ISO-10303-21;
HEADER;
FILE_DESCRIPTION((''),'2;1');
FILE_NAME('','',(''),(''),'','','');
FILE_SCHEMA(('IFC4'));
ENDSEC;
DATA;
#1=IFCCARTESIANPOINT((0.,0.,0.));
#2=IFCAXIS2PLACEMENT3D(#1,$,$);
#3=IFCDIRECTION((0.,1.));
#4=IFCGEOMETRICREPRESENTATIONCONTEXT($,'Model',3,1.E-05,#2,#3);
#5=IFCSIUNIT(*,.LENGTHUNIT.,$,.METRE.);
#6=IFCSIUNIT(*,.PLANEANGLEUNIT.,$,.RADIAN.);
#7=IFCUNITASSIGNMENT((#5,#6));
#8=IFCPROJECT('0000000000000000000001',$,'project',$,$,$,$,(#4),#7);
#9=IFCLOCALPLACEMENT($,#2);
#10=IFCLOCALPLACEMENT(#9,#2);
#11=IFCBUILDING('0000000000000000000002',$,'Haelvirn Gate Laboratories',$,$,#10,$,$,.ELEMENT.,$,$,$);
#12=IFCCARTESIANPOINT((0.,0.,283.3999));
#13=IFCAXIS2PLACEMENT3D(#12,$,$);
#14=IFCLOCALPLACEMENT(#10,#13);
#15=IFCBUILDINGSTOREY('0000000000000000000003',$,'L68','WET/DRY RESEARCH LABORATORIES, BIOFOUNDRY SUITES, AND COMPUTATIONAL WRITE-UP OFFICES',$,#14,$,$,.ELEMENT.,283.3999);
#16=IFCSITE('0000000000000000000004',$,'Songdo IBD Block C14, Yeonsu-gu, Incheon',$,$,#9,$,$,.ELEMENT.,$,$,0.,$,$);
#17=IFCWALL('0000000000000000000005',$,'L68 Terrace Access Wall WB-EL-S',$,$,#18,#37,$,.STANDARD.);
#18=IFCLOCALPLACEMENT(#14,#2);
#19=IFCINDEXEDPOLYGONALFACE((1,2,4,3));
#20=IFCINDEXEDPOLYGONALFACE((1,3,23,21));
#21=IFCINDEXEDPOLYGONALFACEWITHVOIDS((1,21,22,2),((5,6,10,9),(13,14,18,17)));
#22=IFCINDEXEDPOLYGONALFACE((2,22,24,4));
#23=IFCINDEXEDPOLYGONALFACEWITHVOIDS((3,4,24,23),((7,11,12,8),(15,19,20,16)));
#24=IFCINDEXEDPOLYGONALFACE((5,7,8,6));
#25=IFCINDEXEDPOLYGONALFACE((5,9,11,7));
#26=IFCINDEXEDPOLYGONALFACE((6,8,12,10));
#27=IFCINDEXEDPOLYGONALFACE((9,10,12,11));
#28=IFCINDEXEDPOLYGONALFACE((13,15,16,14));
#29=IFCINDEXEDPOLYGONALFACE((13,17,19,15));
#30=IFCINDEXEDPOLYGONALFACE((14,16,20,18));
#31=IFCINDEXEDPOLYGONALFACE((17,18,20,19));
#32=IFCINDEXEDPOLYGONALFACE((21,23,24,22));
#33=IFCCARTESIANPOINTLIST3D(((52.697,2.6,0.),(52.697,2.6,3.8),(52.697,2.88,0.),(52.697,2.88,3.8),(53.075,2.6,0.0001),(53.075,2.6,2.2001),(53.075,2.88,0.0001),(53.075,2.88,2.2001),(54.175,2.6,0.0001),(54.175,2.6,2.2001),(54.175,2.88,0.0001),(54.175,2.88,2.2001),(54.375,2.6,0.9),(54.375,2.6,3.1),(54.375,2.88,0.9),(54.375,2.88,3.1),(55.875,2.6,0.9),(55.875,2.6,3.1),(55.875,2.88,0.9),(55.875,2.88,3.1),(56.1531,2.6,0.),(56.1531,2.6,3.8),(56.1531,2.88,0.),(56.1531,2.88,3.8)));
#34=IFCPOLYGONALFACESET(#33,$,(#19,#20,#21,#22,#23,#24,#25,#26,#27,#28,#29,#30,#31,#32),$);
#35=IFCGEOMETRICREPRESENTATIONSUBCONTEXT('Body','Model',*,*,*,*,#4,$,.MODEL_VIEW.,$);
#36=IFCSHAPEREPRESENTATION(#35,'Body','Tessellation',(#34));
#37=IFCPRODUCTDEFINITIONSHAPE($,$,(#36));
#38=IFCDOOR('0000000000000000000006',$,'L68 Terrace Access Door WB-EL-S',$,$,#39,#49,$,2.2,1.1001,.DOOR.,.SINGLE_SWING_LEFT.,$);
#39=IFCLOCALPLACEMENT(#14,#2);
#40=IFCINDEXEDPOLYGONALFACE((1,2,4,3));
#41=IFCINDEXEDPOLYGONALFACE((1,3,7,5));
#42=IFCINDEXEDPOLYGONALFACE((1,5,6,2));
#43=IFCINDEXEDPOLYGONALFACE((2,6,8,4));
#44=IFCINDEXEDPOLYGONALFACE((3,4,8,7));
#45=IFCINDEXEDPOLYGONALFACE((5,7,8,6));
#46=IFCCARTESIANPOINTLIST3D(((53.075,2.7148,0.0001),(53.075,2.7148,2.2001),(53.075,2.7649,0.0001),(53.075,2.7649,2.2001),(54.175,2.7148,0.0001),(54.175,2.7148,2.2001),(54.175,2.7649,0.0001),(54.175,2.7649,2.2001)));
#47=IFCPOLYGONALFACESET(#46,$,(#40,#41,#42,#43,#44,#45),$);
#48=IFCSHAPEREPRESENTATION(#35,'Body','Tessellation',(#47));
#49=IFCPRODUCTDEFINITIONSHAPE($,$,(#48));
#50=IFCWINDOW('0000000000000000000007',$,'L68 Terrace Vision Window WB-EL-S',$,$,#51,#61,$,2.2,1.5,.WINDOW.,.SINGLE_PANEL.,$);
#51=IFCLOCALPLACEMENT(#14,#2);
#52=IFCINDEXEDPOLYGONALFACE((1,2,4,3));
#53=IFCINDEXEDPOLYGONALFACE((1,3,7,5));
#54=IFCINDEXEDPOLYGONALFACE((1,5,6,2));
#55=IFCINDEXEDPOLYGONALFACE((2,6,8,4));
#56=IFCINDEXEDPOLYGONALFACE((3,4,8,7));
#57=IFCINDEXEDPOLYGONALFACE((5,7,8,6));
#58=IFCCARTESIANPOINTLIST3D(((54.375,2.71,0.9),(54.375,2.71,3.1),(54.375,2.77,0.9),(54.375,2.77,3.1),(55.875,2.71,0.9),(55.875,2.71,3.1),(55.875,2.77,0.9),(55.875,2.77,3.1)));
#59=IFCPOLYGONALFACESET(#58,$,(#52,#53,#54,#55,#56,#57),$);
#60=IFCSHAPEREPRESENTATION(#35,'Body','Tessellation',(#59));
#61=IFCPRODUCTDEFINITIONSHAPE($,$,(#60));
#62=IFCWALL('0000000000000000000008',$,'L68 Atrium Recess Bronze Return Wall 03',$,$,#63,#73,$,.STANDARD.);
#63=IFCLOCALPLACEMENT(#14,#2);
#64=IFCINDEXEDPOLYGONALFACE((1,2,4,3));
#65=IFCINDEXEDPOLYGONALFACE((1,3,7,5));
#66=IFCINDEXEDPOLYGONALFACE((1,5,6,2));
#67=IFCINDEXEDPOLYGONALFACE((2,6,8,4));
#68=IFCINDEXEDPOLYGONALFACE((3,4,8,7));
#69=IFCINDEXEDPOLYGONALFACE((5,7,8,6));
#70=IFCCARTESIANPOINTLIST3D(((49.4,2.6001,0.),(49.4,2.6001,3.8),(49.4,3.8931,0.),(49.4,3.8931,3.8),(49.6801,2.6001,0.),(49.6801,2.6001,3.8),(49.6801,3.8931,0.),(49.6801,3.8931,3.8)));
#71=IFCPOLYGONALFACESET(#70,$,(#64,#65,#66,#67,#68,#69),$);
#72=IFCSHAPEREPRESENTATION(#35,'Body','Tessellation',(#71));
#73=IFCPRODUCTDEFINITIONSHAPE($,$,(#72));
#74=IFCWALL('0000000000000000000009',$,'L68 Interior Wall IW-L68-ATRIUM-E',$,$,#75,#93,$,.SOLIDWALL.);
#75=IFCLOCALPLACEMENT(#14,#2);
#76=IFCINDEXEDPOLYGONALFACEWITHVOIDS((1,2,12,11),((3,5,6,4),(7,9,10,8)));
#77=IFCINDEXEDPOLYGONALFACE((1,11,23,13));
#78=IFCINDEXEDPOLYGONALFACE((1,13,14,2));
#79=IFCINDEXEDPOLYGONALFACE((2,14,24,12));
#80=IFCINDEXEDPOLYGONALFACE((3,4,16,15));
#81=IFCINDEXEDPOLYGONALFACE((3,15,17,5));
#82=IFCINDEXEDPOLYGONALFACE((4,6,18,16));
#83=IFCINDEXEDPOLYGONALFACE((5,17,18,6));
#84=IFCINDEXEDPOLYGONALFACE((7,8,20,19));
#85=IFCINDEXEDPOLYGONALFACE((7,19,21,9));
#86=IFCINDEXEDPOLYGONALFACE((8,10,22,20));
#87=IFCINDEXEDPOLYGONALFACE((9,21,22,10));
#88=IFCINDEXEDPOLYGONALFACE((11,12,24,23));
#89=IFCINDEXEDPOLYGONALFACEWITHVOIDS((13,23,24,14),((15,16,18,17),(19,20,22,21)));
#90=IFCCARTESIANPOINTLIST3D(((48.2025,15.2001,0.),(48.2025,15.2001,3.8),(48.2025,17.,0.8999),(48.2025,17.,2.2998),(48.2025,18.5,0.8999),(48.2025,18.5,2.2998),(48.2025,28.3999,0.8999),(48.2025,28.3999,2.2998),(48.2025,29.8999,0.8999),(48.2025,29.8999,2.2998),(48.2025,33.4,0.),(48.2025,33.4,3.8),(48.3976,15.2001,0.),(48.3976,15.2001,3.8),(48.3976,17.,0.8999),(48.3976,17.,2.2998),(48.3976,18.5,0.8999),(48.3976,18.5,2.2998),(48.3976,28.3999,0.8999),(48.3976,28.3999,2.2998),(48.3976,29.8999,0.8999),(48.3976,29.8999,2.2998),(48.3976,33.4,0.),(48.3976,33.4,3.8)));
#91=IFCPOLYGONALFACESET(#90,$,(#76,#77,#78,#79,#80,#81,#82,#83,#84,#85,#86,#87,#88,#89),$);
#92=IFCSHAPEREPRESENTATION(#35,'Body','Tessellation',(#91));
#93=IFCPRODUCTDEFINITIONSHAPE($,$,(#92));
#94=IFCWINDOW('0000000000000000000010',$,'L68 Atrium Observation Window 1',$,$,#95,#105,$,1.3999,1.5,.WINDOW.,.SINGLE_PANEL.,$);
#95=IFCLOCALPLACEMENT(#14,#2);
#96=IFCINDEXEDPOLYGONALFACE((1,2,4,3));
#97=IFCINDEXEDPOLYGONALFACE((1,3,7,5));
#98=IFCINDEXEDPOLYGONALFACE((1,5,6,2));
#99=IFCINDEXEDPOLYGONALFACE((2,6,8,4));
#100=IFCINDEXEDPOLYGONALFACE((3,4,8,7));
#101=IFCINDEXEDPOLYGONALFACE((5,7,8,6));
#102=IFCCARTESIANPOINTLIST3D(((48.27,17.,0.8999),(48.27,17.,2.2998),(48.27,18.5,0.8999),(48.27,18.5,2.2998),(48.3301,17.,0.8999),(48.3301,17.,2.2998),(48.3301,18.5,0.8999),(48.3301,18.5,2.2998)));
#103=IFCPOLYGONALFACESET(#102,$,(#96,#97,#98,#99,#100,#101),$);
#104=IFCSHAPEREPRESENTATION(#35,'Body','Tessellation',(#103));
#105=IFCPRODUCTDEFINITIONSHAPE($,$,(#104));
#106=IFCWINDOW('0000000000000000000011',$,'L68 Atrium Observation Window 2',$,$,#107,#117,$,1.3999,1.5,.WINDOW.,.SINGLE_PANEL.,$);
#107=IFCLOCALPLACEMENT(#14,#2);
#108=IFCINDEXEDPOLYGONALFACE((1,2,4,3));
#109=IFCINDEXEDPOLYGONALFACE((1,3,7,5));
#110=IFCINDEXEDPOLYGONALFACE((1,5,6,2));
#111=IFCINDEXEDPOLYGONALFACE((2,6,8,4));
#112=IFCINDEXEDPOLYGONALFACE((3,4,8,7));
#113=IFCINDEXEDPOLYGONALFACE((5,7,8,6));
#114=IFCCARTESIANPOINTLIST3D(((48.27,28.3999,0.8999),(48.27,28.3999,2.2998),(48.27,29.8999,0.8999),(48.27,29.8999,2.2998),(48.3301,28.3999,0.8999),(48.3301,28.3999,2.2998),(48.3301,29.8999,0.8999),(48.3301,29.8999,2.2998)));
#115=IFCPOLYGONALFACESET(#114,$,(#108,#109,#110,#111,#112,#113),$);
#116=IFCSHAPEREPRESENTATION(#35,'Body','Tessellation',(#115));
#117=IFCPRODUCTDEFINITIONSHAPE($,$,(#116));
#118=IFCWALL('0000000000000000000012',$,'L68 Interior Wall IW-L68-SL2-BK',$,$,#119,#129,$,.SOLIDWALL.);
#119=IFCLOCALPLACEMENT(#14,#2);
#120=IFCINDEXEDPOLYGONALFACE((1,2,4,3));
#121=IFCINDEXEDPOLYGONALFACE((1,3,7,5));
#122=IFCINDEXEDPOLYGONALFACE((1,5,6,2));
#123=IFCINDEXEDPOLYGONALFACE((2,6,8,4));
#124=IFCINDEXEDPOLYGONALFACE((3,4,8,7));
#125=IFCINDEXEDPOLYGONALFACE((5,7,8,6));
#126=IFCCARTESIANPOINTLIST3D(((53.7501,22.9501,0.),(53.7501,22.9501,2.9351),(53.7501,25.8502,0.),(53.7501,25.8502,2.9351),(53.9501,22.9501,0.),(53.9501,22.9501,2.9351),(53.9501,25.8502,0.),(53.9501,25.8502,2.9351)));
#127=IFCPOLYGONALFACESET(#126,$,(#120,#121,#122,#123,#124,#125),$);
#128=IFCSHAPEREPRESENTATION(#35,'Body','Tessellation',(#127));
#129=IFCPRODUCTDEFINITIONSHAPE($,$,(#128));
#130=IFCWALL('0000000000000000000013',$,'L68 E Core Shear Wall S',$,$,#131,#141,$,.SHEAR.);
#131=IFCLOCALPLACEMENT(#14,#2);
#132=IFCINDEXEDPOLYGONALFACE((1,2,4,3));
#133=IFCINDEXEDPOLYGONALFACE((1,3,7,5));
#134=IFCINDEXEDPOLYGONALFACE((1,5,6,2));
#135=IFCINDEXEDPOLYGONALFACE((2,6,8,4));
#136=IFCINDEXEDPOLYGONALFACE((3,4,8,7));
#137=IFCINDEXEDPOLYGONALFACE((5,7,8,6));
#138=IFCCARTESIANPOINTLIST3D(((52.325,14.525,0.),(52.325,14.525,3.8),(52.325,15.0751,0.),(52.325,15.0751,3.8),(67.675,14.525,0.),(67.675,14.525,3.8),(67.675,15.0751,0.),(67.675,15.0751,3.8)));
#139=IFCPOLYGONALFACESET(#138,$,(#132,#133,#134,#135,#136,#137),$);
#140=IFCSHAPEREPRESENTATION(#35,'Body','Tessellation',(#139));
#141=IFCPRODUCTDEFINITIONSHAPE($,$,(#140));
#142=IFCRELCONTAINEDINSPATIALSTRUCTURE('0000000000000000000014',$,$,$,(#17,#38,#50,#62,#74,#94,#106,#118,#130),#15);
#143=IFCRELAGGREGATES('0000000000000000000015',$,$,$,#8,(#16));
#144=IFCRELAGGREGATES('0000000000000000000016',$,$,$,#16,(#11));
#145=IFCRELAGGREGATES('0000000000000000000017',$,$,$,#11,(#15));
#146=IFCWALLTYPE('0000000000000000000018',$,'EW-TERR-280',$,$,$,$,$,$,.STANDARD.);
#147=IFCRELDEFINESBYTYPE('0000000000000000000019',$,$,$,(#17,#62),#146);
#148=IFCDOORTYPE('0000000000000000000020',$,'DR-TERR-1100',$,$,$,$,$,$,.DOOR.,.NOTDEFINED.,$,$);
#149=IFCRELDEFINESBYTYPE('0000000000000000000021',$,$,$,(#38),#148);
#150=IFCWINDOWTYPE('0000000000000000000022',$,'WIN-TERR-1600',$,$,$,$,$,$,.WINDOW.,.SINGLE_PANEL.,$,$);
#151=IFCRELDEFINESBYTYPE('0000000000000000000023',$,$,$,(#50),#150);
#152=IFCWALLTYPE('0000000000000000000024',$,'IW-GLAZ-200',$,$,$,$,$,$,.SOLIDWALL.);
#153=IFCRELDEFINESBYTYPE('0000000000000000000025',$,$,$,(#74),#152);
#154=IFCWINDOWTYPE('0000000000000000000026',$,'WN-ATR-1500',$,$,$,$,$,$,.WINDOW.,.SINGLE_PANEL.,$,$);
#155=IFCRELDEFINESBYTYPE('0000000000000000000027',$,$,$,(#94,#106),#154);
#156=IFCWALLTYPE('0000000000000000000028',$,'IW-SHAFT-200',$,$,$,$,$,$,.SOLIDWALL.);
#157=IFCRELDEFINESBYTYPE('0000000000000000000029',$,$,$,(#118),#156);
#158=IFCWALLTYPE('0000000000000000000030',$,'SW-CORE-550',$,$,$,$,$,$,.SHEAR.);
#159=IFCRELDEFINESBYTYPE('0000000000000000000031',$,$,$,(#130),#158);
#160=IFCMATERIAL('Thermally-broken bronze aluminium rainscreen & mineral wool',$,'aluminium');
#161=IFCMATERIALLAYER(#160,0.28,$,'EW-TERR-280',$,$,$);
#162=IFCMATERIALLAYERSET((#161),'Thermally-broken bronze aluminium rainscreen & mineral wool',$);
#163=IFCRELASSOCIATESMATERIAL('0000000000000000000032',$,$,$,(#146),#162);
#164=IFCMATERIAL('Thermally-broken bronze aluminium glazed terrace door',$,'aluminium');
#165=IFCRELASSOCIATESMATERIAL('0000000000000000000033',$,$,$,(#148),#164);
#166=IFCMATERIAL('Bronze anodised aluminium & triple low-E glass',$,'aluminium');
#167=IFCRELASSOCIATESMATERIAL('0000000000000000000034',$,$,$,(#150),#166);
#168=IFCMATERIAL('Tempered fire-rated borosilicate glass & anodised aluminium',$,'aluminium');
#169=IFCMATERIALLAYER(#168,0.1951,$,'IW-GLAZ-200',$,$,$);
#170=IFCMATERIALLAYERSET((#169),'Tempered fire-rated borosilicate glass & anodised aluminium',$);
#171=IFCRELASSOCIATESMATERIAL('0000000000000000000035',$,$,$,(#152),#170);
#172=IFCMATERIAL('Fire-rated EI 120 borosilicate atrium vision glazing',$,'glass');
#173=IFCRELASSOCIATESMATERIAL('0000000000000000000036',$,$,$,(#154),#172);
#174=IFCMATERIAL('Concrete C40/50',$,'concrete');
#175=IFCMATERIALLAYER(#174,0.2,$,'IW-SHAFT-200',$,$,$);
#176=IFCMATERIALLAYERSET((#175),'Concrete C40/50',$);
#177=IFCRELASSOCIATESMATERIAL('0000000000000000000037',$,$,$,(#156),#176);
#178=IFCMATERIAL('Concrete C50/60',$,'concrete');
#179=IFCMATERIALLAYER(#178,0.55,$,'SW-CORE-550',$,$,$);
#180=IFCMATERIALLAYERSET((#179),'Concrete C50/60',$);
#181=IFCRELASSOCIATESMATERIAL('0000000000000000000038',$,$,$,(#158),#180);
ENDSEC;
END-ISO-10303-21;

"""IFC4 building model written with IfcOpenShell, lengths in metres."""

from ifc_helpers import new_model, si_unit, direction, frame, frame_2d, origin, place, context, subcontext, project, spatial, rectangle, extrude, source, transform, mapped, material, layer, layer_set, type_object, type_shapes, element, fill, save


model = new_model("IFC4")

# Units and contexts
model_context = context("Model", 3, precision=1e-05, world=origin(), true_north=direction((0.0, 1.0)))
body_context = subcontext(model_context, "Body", "Model", "MODEL_VIEW")
ifc_project = project(units=[si_unit("LENGTHUNIT", "METRE"), si_unit("PLANEANGLEUNIT", "RADIAN")], contexts=[model_context])

# Site, building, storey
site_placement = place(None, origin())
site = spatial("IfcSite", under=ifc_project, at=site_placement, Name="Songdo IBD Block C14, Yeonsu-gu, Incheon", CompositionType="ELEMENT", RefElevation=0.0)
building_placement = place(site_placement, origin())
building = spatial("IfcBuilding", under=site, at=building_placement, Name="Haelvirn Gate Laboratories", CompositionType="ELEMENT")
storey_placement = place(building_placement, frame((0.0, 0.0, 283.3999)))
storey = spatial("IfcBuildingStorey", under=building, at=storey_placement, Name="L68", Description="WET/DRY RESEARCH LABORATORIES, BIOFOUNDRY SUITES, AND COMPUTATIONAL WRITE-UP OFFICES", CompositionType="ELEMENT", Elevation=283.3999)

# Wall, openings, door, window
ifc_material_1 = material(Name="Thermally-broken bronze aluminium rainscreen & mineral wool", Category="aluminium")
ifc_layer_1 = layer(ifc_material_1, 0.28, Name="EW-TERR-280")
ifc_layer_set_1 = layer_set([ifc_layer_1], Name="Thermally-broken bronze aluminium rainscreen & mineral wool")
wall_type_1 = type_object("IfcWallType", Name="EW-TERR-280", PredefinedType="STANDARD", material=ifc_layer_set_1)
wall_1_placement = place(storey_placement, frame((52.697, 2.74, 0.0), z_axis=(0.0, 0.0, 1.0), x_axis=(1.0, 0.0, 0.0)))
wall_1 = element("IfcWall", 1, at=wall_1_placement, inside=storey, type_object=wall_type_1, Name="L68 Terrace Access Wall WB-EL-S", PredefinedType="STANDARD", context=body_context, shape_type="SweptSolid", body=[
    extrude(rectangle(XDim=3.4561, YDim=0.28, at=frame_2d((1.728, 0.0))), origin(), (0.0, 0.0, 1.0), 3.8),
])
opening_1_placement = place(wall_1_placement, frame((0.3779, 0.0, 0.0)))
opening_1 = element("IfcOpeningElement", 2, at=opening_1_placement, cuts=wall_1, PredefinedType="OPENING", context=body_context, shape_type="SweptSolid", body=[
    extrude(rectangle(XDim=1.1001, YDim=2.2, at=frame_2d((0.55, 1.1001))), frame((0.0, 0.1499, 0.0), z_axis=(0.0, -1.0, 0.0), x_axis=(1.0, 0.0, 0.0)), (0.0, 0.0, 1.0), 0.3),
])
opening_2_placement = place(wall_1_placement, frame((1.678, 0.0, 0.8999)))
opening_2 = element("IfcOpeningElement", 3, at=opening_2_placement, cuts=wall_1, PredefinedType="OPENING", context=body_context, shape_type="SweptSolid", body=[
    extrude(rectangle(XDim=1.5, YDim=2.2, at=frame_2d((0.75, 1.1001))), frame((0.0, 0.1499, 0.0), z_axis=(0.0, -1.0, 0.0), x_axis=(1.0, 0.0, 0.0)), (0.0, 0.0, 1.0), 0.3),
])
ifc_material_2 = material(Name="Thermally-broken bronze aluminium glazed terrace door", Category="aluminium")
door_type_1 = type_object("IfcDoorType", Name="DR-TERR-1100", OperationType="NOTDEFINED", PredefinedType="DOOR", material=ifc_material_2)
shared_shape_1 = source(origin(), body_context, "Body", "SweptSolid", [
    extrude(rectangle(XDim=1.1001, YDim=2.2, at=frame_2d((0.55, 1.1001))), frame((0.0, 0.0249, 0.0), z_axis=(0.0, -1.0, 0.0), x_axis=(1.0, 0.0, 0.0)), (0.0, 0.0, 1.0), 0.05),
])
type_shapes(door_type_1, [shared_shape_1])
door_1_placement = place(opening_1_placement, origin())
door_1 = element("IfcDoor", 4, at=door_1_placement, inside=storey, type_object=door_type_1, Name="L68 Terrace Access Door WB-EL-S", OperationType="SINGLE_SWING_LEFT", OverallHeight=2.2, OverallWidth=1.1001, PredefinedType="DOOR", context=body_context, shape_type="MappedRepresentation", body=[
    mapped(shared_shape_1, transform((0.0, 0.0, 0.0), scale=1.0)),
])
fill(opening_1, door_1)
ifc_material_3 = material(Name="Bronze anodised aluminium & triple low-E glass", Category="aluminium")
window_type_1 = type_object("IfcWindowType", Name="WIN-TERR-1600", PartitioningType="SINGLE_PANEL", PredefinedType="WINDOW", material=ifc_material_3)
shared_shape_2 = source(origin(), body_context, "Body", "SweptSolid", [
    extrude(rectangle(XDim=1.5, YDim=2.2, at=frame_2d((0.75, 1.1001))), frame((0.0, 0.03, 0.0), z_axis=(0.0, -1.0, 0.0), x_axis=(1.0, 0.0, 0.0)), (0.0, 0.0, 1.0), 0.0601),
])
type_shapes(window_type_1, [shared_shape_2])
window_1_placement = place(opening_2_placement, origin())
window_1 = element("IfcWindow", 5, at=window_1_placement, inside=storey, type_object=window_type_1, Name="L68 Terrace Vision Window WB-EL-S", OverallHeight=2.2, OverallWidth=1.5, PartitioningType="SINGLE_PANEL", PredefinedType="WINDOW", context=body_context, shape_type="MappedRepresentation", body=[
    mapped(shared_shape_2, transform((0.0, 0.0, 0.0), scale=1.0)),
])
fill(opening_2, window_1)

# Wall
wall_2_placement = place(storey_placement, frame((49.54, 3.8931, 0.0), z_axis=(0.0, 0.0, 1.0), x_axis=(0.0, -1.0, 0.0)))
element("IfcWall", 6, at=wall_2_placement, inside=storey, type_object=wall_type_1, Name="L68 Atrium Recess Bronze Return Wall 03", PredefinedType="STANDARD", context=body_context, shape_type="SweptSolid", body=[
    extrude(rectangle(XDim=1.293, YDim=0.28, at=frame_2d((0.6465, 0.0))), origin(), (0.0, 0.0, 1.0), 3.8),
])

# Wall, openings, windows
ifc_material_4 = material(Name="Tempered fire-rated borosilicate glass & anodised aluminium", Category="aluminium")
ifc_layer_2 = layer(ifc_material_4, 0.1951, Name="IW-GLAZ-200")
ifc_layer_set_2 = layer_set([ifc_layer_2], Name="Tempered fire-rated borosilicate glass & anodised aluminium")
wall_type_2 = type_object("IfcWallType", Name="IW-GLAZ-200", PredefinedType="SOLIDWALL", material=ifc_layer_set_2)
wall_3_placement = place(storey_placement, frame((48.3, 15.2, 0.0), z_axis=(0.0, 0.0, 1.0), x_axis=(0.0, 1.0, 0.0)))
wall_3 = element("IfcWall", 7, at=wall_3_placement, inside=storey, type_object=wall_type_2, Name="L68 Interior Wall IW-L68-ATRIUM-E", PredefinedType="SOLIDWALL", context=body_context, shape_type="SweptSolid", body=[
    extrude(rectangle(XDim=18.2, YDim=0.1951, at=frame_2d((9.1001, 0.0))), origin(), (0.0, 0.0, 1.0), 3.8),
])
opening_3_placement = place(wall_3_placement, frame((1.8, 0.0, 0.8999)))
opening_3 = element("IfcOpeningElement", 8, at=opening_3_placement, cuts=wall_3, PredefinedType="OPENING", context=body_context, shape_type="SweptSolid", body=[
    extrude(rectangle(XDim=1.5, YDim=1.3999, at=frame_2d((0.75, 0.7))), frame((0.0, 0.1074, 0.0), z_axis=(0.0, -1.0, 0.0), x_axis=(1.0, 0.0, 0.0)), (0.0, 0.0, 1.0), 0.2151),
])
opening_4_placement = place(wall_3_placement, frame((13.2, 0.0, 0.8999)))
opening_4 = element("IfcOpeningElement", 9, at=opening_4_placement, cuts=wall_3, PredefinedType="OPENING", context=body_context, shape_type="SweptSolid", body=[
    extrude(rectangle(XDim=1.5, YDim=1.3999, at=frame_2d((0.75, 0.7))), frame((0.0, 0.1074, 0.0), z_axis=(0.0, -1.0, 0.0), x_axis=(1.0, 0.0, 0.0)), (0.0, 0.0, 1.0), 0.2151),
])
ifc_material_5 = material(Name="Fire-rated EI 120 borosilicate atrium vision glazing", Category="glass")
window_type_2 = type_object("IfcWindowType", Name="WN-ATR-1500", PartitioningType="SINGLE_PANEL", PredefinedType="WINDOW", material=ifc_material_5)
shared_shape_3 = source(origin(), body_context, "Body", "SweptSolid", [
    extrude(rectangle(XDim=1.5, YDim=1.3999, at=frame_2d((0.75, 0.7))), frame((0.0, 0.03, 0.0), z_axis=(0.0, -1.0, 0.0), x_axis=(1.0, 0.0, 0.0)), (0.0, 0.0, 1.0), 0.0601),
])
type_shapes(window_type_2, [shared_shape_3])
window_2_placement = place(opening_3_placement, origin())
window_2 = element("IfcWindow", 10, at=window_2_placement, inside=storey, type_object=window_type_2, Name="L68 Atrium Observation Window 1", OverallHeight=1.3999, OverallWidth=1.5, PartitioningType="SINGLE_PANEL", PredefinedType="WINDOW", context=body_context, shape_type="MappedRepresentation", body=[
    mapped(shared_shape_3, transform((0.0, 0.0, 0.0), scale=1.0)),
])
fill(opening_3, window_2)
window_3_placement = place(opening_4_placement, origin())
window_3 = element("IfcWindow", 11, at=window_3_placement, inside=storey, type_object=window_type_2, Name="L68 Atrium Observation Window 2", OverallHeight=1.3999, OverallWidth=1.5, PartitioningType="SINGLE_PANEL", PredefinedType="WINDOW", context=body_context, shape_type="MappedRepresentation", body=[
    mapped(shared_shape_3, transform((0.0, 0.0, 0.0), scale=1.0)),
])
fill(opening_4, window_3)

# Walls
ifc_material_6 = material(Name="Concrete C40/50", Category="concrete")
ifc_layer_3 = layer(ifc_material_6, 0.2, Name="IW-SHAFT-200")
ifc_layer_set_3 = layer_set([ifc_layer_3], Name="Concrete C40/50")
wall_type_3 = type_object("IfcWallType", Name="IW-SHAFT-200", PredefinedType="SOLIDWALL", material=ifc_layer_set_3)
wall_4_placement = place(storey_placement, frame((53.8501, 22.95, 0.0), z_axis=(0.0, 0.0, 1.0), x_axis=(0.0, 1.0, 0.0)))
element("IfcWall", 12, at=wall_4_placement, inside=storey, type_object=wall_type_3, Name="L68 Interior Wall IW-L68-SL2-BK", PredefinedType="SOLIDWALL", context=body_context, shape_type="SweptSolid", body=[
    extrude(rectangle(XDim=2.9001, YDim=0.2, at=frame_2d((1.4502, 0.0))), origin(), (0.0, 0.0, 1.0), 2.9351),
])
ifc_material_7 = material(Name="Concrete C50/60", Category="concrete")
ifc_layer_4 = layer(ifc_material_7, 0.55, Name="SW-CORE-550")
ifc_layer_set_4 = layer_set([ifc_layer_4], Name="Concrete C50/60")
wall_type_4 = type_object("IfcWallType", Name="SW-CORE-550", PredefinedType="SHEAR", material=ifc_layer_set_4)
wall_5_placement = place(storey_placement, frame((52.325, 14.8, 0.0), z_axis=(0.0, 0.0, 1.0), x_axis=(1.0, 0.0, 0.0)))
element("IfcWall", 13, at=wall_5_placement, inside=storey, type_object=wall_type_4, Name="L68 E Core Shear Wall S", PredefinedType="SHEAR", context=body_context, shape_type="SweptSolid", body=[
    extrude(rectangle(XDim=15.3501, YDim=0.55, at=frame_2d((7.675, 0.0))), origin(), (0.0, 0.0, 1.0), 3.8),
])

save(model, "model.ifc")
